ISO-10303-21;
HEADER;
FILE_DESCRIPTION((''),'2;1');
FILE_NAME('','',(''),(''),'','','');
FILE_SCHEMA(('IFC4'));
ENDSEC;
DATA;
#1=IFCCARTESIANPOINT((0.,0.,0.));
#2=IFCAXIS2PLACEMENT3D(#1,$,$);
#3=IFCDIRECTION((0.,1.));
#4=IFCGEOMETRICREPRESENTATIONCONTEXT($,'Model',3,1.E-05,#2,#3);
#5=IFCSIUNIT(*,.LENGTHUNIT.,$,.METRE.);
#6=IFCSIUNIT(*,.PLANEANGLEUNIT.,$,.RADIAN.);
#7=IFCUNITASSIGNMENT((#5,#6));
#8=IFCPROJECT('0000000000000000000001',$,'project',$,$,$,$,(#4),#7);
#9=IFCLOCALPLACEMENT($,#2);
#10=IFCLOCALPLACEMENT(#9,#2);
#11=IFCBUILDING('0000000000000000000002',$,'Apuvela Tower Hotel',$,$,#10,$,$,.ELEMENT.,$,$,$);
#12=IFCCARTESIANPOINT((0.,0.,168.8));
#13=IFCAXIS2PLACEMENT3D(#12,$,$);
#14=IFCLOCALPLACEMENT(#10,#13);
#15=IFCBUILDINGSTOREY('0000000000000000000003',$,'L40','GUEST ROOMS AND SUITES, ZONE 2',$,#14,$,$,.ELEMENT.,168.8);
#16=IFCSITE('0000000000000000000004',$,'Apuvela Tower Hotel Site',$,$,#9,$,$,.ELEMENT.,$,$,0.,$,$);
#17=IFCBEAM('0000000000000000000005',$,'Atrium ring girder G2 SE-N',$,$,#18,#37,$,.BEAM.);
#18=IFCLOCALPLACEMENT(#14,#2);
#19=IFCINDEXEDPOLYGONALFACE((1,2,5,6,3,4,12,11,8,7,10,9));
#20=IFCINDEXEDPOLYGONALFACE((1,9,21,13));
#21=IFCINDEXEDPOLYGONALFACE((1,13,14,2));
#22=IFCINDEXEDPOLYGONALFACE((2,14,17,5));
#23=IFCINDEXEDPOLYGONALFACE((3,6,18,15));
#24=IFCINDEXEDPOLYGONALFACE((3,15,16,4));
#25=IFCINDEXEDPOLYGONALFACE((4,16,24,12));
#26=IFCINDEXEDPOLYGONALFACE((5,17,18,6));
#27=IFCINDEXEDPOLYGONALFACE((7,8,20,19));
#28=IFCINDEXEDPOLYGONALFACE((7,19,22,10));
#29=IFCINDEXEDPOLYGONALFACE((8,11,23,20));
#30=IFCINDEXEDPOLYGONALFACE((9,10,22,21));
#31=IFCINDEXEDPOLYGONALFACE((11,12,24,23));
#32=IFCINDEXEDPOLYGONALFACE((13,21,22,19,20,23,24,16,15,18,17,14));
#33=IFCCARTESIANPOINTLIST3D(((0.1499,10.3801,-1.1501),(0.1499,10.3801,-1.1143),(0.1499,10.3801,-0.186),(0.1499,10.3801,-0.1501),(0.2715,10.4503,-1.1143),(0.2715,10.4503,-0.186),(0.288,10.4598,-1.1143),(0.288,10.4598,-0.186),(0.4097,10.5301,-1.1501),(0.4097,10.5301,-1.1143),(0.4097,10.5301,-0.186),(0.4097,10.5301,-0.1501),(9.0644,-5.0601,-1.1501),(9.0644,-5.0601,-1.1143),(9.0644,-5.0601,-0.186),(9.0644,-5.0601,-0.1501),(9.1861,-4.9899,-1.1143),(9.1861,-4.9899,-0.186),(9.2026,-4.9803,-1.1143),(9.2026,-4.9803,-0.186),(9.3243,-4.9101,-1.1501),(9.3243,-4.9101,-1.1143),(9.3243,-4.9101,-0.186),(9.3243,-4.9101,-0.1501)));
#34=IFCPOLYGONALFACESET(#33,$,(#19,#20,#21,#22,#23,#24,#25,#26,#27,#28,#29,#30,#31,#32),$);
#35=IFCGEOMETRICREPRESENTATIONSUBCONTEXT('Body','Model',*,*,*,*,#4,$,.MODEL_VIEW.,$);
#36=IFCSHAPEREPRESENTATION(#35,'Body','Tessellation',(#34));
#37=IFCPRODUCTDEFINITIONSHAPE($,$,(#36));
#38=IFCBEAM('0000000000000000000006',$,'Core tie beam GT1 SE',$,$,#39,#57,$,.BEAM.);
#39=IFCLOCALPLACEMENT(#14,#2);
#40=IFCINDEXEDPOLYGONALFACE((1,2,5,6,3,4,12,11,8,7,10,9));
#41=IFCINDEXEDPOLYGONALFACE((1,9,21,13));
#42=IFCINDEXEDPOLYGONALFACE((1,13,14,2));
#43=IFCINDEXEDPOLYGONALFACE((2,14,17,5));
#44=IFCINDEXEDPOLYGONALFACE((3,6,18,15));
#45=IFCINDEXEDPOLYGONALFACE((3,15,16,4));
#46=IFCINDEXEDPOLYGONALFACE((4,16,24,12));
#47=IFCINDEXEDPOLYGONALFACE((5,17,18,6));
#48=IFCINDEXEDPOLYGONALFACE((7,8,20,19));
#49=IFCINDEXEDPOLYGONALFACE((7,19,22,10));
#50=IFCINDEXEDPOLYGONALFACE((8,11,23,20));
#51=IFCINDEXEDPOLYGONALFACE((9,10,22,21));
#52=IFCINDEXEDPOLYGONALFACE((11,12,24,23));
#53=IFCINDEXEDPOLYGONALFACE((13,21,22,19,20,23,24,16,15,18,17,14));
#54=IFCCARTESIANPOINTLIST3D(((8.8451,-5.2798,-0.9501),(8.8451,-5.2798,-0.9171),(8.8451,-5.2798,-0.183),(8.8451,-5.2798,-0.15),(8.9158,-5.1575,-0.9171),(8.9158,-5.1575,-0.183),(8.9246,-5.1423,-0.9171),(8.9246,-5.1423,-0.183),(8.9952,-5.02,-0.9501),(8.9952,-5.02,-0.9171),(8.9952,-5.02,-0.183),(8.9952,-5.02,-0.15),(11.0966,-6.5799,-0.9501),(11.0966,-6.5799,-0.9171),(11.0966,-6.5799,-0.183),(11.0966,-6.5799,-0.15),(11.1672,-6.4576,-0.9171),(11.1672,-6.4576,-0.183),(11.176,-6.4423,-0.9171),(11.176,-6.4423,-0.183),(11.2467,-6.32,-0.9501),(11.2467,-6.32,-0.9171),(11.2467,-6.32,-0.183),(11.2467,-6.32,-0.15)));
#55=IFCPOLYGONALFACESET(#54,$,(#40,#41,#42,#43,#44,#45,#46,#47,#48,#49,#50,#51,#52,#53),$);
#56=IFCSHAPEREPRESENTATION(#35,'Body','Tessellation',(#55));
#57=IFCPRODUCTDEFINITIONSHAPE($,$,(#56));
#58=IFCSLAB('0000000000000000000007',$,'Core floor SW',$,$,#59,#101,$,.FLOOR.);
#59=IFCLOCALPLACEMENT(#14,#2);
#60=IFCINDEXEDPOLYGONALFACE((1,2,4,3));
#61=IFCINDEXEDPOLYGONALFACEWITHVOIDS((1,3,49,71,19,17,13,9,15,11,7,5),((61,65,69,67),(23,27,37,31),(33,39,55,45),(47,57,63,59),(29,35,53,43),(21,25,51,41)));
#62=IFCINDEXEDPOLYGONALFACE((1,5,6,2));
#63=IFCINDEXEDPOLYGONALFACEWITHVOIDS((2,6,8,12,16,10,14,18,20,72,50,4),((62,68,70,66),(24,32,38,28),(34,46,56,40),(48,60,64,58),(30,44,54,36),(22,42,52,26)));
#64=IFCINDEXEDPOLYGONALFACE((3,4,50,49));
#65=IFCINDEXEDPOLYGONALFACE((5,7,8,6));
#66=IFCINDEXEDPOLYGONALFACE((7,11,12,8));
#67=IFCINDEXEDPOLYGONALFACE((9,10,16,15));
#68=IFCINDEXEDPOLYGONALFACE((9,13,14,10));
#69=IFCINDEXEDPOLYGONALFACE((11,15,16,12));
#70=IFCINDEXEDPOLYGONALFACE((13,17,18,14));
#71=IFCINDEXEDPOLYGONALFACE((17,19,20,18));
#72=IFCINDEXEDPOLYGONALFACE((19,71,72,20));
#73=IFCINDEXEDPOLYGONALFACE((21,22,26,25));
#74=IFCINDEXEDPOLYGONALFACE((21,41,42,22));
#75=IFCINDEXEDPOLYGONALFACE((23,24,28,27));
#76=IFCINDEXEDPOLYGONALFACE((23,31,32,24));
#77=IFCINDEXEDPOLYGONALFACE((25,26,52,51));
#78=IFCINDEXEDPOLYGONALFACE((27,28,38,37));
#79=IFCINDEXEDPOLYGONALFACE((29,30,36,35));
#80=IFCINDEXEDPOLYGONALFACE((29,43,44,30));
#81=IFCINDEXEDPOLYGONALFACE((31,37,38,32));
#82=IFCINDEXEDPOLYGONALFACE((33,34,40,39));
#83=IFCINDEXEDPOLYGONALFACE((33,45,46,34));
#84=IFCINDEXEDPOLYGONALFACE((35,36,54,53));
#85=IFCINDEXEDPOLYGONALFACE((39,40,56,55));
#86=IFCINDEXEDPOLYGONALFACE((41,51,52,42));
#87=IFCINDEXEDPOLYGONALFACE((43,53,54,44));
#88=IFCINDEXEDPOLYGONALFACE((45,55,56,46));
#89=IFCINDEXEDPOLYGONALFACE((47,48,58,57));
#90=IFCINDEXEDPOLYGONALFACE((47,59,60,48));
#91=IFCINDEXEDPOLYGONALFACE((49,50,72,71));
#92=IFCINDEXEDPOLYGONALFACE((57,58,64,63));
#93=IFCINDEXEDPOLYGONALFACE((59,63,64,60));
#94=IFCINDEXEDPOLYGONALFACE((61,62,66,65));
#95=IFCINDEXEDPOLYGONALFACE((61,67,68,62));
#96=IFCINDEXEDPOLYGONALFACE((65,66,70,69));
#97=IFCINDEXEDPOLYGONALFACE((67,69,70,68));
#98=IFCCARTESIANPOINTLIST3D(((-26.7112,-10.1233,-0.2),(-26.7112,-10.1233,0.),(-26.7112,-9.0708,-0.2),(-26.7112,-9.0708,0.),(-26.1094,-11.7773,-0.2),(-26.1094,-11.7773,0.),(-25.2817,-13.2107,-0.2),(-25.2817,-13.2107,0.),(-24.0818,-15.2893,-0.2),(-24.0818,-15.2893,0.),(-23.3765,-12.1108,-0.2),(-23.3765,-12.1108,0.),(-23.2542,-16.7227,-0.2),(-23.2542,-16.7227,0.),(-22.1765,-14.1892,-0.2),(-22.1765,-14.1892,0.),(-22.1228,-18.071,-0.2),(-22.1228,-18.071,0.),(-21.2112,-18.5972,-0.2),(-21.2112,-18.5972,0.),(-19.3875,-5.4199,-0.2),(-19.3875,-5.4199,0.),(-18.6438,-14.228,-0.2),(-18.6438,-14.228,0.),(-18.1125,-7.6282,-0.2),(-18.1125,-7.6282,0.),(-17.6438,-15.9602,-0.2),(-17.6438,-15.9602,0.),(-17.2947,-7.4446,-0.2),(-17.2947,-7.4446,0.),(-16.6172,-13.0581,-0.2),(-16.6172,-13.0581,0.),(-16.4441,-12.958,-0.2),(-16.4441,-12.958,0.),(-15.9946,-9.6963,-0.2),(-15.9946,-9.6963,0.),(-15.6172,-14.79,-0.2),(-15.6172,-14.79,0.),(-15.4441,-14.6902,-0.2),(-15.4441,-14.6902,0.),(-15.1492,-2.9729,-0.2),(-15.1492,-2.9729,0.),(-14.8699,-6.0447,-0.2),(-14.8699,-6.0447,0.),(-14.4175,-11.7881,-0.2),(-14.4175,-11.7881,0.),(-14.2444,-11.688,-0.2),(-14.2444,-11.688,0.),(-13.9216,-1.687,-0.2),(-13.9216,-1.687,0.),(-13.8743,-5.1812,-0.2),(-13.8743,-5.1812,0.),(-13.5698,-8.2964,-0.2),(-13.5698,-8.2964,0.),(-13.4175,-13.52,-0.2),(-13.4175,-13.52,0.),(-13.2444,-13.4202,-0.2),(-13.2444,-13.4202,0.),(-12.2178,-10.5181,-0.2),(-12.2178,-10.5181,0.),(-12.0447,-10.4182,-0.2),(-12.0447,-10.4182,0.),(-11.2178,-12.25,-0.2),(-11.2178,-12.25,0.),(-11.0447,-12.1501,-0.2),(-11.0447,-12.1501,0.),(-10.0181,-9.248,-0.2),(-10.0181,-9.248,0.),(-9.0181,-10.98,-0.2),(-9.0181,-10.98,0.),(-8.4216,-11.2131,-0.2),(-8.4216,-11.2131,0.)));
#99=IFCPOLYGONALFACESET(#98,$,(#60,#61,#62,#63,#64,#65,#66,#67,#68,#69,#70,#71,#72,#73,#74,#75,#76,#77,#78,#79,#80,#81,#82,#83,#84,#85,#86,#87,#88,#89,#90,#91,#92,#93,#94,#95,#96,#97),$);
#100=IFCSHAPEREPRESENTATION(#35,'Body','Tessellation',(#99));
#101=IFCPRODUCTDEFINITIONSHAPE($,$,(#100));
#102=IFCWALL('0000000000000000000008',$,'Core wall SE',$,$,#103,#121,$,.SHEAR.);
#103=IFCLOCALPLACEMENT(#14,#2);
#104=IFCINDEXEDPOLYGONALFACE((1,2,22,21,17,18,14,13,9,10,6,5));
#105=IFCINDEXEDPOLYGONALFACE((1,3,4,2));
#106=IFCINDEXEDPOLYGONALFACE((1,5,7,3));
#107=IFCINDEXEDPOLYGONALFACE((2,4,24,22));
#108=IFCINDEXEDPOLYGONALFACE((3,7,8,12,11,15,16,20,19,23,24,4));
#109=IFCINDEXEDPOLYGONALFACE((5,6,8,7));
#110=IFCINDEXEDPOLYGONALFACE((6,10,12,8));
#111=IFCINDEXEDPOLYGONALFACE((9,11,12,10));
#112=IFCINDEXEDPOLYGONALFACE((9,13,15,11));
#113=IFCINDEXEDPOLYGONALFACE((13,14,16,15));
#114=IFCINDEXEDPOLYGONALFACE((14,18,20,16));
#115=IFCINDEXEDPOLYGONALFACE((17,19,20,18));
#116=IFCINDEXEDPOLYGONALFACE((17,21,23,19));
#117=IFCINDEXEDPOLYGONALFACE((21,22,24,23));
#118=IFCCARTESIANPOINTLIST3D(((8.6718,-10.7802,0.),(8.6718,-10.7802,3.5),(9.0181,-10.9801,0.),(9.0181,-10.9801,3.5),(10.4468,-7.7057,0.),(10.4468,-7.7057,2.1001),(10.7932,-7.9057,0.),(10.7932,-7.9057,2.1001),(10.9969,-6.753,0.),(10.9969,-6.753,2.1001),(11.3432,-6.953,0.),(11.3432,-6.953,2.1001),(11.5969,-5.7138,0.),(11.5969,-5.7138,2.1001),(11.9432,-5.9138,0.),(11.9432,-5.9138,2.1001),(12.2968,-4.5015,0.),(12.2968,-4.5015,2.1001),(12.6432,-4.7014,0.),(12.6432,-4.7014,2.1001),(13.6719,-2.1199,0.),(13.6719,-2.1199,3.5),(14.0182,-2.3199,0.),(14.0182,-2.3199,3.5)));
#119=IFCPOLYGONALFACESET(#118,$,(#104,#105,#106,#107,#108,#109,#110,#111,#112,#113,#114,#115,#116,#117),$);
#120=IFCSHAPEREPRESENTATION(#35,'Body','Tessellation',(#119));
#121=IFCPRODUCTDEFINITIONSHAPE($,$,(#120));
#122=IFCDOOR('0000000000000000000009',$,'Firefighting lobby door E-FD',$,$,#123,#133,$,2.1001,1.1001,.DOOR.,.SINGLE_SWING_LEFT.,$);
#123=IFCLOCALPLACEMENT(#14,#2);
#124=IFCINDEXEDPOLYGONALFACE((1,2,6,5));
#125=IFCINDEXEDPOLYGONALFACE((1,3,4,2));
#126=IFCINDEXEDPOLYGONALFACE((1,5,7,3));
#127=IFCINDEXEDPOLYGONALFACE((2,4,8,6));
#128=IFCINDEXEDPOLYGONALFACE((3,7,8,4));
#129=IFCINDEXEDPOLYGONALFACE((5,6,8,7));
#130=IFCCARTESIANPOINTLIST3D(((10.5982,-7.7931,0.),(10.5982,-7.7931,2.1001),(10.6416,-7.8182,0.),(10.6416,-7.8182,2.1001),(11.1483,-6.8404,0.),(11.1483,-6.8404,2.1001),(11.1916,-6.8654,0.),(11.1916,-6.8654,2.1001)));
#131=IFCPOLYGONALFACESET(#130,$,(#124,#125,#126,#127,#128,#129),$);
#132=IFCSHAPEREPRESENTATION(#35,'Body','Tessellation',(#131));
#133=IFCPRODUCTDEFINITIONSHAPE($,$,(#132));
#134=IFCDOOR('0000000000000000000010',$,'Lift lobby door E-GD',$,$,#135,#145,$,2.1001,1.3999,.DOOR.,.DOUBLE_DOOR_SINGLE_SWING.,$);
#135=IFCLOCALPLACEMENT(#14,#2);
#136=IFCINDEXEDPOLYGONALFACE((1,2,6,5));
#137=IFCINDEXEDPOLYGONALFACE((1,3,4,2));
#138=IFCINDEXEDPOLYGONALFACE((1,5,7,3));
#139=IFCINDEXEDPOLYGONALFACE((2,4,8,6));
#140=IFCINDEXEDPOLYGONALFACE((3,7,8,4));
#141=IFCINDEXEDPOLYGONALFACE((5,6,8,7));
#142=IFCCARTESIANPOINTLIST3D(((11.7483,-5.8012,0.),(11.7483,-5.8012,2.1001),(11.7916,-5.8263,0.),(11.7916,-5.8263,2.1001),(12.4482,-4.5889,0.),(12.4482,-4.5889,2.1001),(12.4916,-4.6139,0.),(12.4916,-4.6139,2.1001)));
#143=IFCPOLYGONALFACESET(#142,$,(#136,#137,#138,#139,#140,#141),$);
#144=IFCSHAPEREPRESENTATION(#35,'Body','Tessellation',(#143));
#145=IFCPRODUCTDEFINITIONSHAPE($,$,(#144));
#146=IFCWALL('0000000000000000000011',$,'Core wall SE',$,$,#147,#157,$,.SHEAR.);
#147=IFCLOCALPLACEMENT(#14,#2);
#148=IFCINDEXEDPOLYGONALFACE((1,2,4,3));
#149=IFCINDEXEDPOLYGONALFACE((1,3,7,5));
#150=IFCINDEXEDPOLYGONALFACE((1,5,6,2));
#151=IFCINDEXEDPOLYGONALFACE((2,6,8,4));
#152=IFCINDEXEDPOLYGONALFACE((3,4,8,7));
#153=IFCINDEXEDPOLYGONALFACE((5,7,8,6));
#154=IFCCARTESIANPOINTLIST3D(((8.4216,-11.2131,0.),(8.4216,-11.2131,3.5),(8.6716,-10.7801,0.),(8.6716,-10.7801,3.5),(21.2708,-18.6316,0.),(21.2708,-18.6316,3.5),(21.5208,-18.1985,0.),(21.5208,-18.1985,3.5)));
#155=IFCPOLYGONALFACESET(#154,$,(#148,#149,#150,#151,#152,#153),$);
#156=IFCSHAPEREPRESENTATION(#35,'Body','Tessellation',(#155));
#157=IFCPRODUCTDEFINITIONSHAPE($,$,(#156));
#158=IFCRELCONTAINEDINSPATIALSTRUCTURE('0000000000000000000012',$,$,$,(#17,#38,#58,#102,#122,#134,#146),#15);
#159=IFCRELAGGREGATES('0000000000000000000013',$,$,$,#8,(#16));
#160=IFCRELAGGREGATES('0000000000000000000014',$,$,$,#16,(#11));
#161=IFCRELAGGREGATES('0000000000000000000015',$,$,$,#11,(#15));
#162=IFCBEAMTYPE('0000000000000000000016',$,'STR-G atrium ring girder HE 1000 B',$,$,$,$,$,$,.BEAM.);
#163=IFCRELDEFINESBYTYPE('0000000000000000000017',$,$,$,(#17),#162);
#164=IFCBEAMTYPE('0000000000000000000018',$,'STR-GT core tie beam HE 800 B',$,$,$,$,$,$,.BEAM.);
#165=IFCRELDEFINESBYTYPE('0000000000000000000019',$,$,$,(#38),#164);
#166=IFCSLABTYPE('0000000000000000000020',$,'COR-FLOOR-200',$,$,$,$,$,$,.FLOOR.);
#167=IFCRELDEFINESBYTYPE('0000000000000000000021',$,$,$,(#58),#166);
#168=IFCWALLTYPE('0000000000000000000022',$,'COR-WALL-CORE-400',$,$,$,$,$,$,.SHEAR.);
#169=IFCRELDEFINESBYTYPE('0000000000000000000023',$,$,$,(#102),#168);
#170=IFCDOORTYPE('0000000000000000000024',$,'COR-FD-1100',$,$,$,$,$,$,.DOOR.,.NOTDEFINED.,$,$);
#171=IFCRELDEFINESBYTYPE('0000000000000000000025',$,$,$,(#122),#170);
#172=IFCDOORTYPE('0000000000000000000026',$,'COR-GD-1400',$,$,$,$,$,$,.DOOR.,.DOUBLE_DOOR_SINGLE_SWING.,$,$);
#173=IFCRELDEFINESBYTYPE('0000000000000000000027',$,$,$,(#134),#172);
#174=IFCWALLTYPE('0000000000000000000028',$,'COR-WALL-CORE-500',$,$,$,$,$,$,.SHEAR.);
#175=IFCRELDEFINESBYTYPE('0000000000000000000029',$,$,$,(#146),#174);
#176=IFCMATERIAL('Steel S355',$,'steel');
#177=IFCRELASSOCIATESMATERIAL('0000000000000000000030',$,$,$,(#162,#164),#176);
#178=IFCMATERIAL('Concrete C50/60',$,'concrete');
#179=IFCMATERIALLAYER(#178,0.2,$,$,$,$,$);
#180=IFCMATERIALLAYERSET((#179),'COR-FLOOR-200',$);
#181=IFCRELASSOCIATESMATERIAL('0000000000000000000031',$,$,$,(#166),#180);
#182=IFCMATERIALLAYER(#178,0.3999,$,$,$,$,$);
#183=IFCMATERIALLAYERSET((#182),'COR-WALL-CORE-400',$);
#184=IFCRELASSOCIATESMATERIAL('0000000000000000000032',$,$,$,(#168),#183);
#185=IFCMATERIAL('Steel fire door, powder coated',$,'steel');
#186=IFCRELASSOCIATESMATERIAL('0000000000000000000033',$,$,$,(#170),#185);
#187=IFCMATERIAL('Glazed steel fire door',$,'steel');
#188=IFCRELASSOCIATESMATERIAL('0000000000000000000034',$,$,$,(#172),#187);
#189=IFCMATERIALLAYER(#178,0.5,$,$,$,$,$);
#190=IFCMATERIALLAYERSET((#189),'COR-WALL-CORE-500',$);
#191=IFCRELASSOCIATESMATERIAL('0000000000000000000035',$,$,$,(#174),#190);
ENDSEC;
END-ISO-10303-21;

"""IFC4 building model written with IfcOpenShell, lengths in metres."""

from ifc_helpers import new_model, si_unit, direction, frame, frame_2d, origin, origin_2d, place, context, subcontext, project, spatial, polyline, rectangle, i_section, outline, extrude, material, layer, layer_set, material_profile, profile_set, type_object, element, fill, save


model = new_model("IFC4")

# Units and contexts
model_context = context("Model", 3, precision=1e-05, world=origin(), true_north=direction((0.0, 1.0)))
body_context = subcontext(model_context, "Body", "Model", "MODEL_VIEW")
ifc_project = project(units=[si_unit("LENGTHUNIT", "METRE"), si_unit("PLANEANGLEUNIT", "RADIAN")], contexts=[model_context])

# Site, building, storey
site_placement = place(None, origin())
site = spatial("IfcSite", under=ifc_project, at=site_placement, Name="Apuvela Tower Hotel Site", CompositionType="ELEMENT", RefElevation=0.0)
building_placement = place(site_placement, origin())
building = spatial("IfcBuilding", under=site, at=building_placement, Name="Apuvela Tower Hotel", CompositionType="ELEMENT")
storey_placement = place(building_placement, frame((0.0, 0.0, 168.8)))
storey = spatial("IfcBuildingStorey", under=building, at=storey_placement, Name="L40", Description="GUEST ROOMS AND SUITES, ZONE 2", CompositionType="ELEMENT", Elevation=168.8)

# Beams
ifc_material_1 = material(Name="Steel S355", Category="steel")
ifc_material_profile_1 = material_profile(ifc_material_1, i_section(OverallWidth=0.3, OverallDepth=1.0, WebThickness=0.019, FlangeThickness=0.0359, at=origin_2d()), Name="HE 1000 B")
ifc_profile_set_1 = profile_set([ifc_material_profile_1], Name="Steel S355")
beam_type_1 = type_object("IfcBeamType", Name="STR-G atrium ring girder HE 1000 B", PredefinedType="BEAM", material=ifc_profile_set_1)
beam_1_placement = place(storey_placement, frame((9.1943, -4.9851, -0.6501), z_axis=(-0.500007, 0.866022, 0.0), x_axis=(-0.866022, -0.500007, 0.0)))
element("IfcBeam", 1, at=beam_1_placement, inside=storey, type_object=beam_type_1, Name="Atrium ring girder G2 SE-N", PredefinedType="BEAM", context=body_context, shape_type="SweptSolid", body=[
    extrude(i_section(OverallWidth=0.3, OverallDepth=1.0, WebThickness=0.019, FlangeThickness=0.0359, at=origin_2d()), origin(), (0.0, 0.0, 1.0), 17.8289),
])
ifc_material_profile_2 = material_profile(ifc_material_1, i_section(OverallWidth=0.3, OverallDepth=0.8, WebThickness=0.0176, FlangeThickness=0.033, at=origin_2d()), Name="HE 800 B")
ifc_profile_set_2 = profile_set([ifc_material_profile_2], Name="Steel S355")
beam_type_2 = type_object("IfcBeamType", Name="STR-GT core tie beam HE 800 B", PredefinedType="BEAM", material=ifc_profile_set_2)
beam_2_placement = place(storey_placement, frame((11.1716, -6.45, -0.55), z_axis=(-0.865998, 0.500048, 0.0), x_axis=(-0.500048, -0.865998, 0.0)))
element("IfcBeam", 2, at=beam_2_placement, inside=storey, type_object=beam_type_2, Name="Core tie beam GT1 SE", PredefinedType="BEAM", context=body_context, shape_type="SweptSolid", body=[
    extrude(i_section(OverallWidth=0.3, OverallDepth=0.8, WebThickness=0.0176, FlangeThickness=0.033, at=origin_2d()), origin(), (0.0, 0.0, 1.0), 2.5999),
])

# Slab
ifc_material_2 = material(Name="Concrete C50/60", Category="concrete")
ifc_layer_1 = layer(ifc_material_2, 0.2)
ifc_layer_set_1 = layer_set([ifc_layer_1], Name="COR-FLOOR-200")
slab_type = type_object("IfcSlabType", Name="COR-FLOOR-200", PredefinedType="FLOOR", material=ifc_layer_set_1)
slab_placement = place(storey_placement, frame((0.0, 0.0, -0.2)))
element("IfcSlab", 3, at=slab_placement, inside=storey, type_object=slab_type, Name="Core floor SW", PredefinedType="FLOOR", context=body_context, shape_type="SweptSolid", body=[
    extrude(outline(polyline([(-26.7112, -9.0708), (-26.7112, -10.1233), (-26.1094, -11.7773), (-25.2817, -13.2107), (-23.3765, -12.1108), (-22.1765, -14.1892), (-24.0818, -15.2893), (-23.2542, -16.7227), (-22.1228, -18.071), (-21.2112, -18.5972), (-8.4216, -11.2131), (-13.9216, -1.687), (-26.7112, -9.0708)]), holes=[polyline([(-10.0181, -9.248), (-9.0181, -10.98), (-11.0447, -12.1501), (-12.0447, -10.4182), (-10.0181, -9.248)]), polyline([(-14.2444, -11.688), (-12.2178, -10.5181), (-11.2178, -12.25), (-13.2444, -13.4202), (-14.2444, -11.688)]), polyline([(-19.3875, -5.4199), (-15.1492, -2.9729), (-13.8743, -5.1812), (-18.1125, -7.6282), (-19.3875, -5.4199)]), polyline([(-14.8699, -6.0447), (-13.5698, -8.2964), (-15.9946, -9.6963), (-17.2947, -7.4446), (-14.8699, -6.0447)]), polyline([(-16.4441, -12.958), (-14.4175, -11.7881), (-13.4175, -13.52), (-15.4441, -14.6902), (-16.4441, -12.958)]), polyline([(-18.6438, -14.228), (-16.6172, -13.0581), (-15.6172, -14.79), (-17.6438, -15.9602), (-18.6438, -14.228)])]), origin(), (0.0, 0.0, 1.0), 0.2),
])

# Wall, openings, doors
ifc_layer_2 = layer(ifc_material_2, 0.3999)
ifc_layer_set_2 = layer_set([ifc_layer_2], Name="COR-WALL-CORE-400")
wall_type_1 = type_object("IfcWallType", Name="COR-WALL-CORE-400", PredefinedType="SHEAR", material=ifc_layer_set_2)
wall_1_placement = place(storey_placement, frame((8.845, -10.8801, 0.0), z_axis=(0.0, 0.0, 1.0), x_axis=(0.500004, 0.866023, 0.0)))
wall_1 = element("IfcWall", 4, at=wall_1_placement, inside=storey, type_object=wall_type_1, Name="Core wall SE", PredefinedType="SHEAR", context=body_context, shape_type="SweptSolid", body=[
    extrude(rectangle(XDim=10.0, YDim=0.3999, at=frame_2d((5.0, 0.0))), origin(), (0.0, 0.0, 1.0), 3.5),
])
opening_1_placement = place(wall_1_placement, frame((3.55, 0.0, 0.0)))
opening_1 = element("IfcOpeningElement", 5, at=opening_1_placement, cuts=wall_1, PredefinedType="OPENING", context=body_context, shape_type="SweptSolid", body=[
    extrude(rectangle(XDim=1.1001, YDim=2.1001, at=frame_2d((0.55, 1.05))), frame((0.0, 0.21, 0.0), z_axis=(0.0, -1.0, 0.0), x_axis=(1.0, 0.0, 0.0)), (0.0, 0.0, 1.0), 0.4199),
])
opening_2_placement = place(wall_1_placement, frame((5.8501, 0.0, 0.0)))
opening_2 = element("IfcOpeningElement", 6, at=opening_2_placement, cuts=wall_1, PredefinedType="OPENING", context=body_context, shape_type="SweptSolid", body=[
    extrude(rectangle(XDim=1.3999, YDim=2.1001, at=frame_2d((0.7, 1.05))), frame((0.0, 0.21, 0.0), z_axis=(0.0, -1.0, 0.0), x_axis=(1.0, 0.0, 0.0)), (0.0, 0.0, 1.0), 0.4199),
])
ifc_material_3 = material(Name="Steel fire door, powder coated", Category="steel")
door_type_1 = type_object("IfcDoorType", Name="COR-FD-1100", OperationType="NOTDEFINED", PredefinedType="DOOR", material=ifc_material_3)
door_1_placement = place(opening_1_placement, frame((1.1001, 0.0, 0.0), z_axis=(0.0, 0.0, 1.0), x_axis=(-1.0, 0.0, 0.0)))
door_1 = element("IfcDoor", 7, at=door_1_placement, inside=storey, type_object=door_type_1, Name="Firefighting lobby door E-FD", OperationType="SINGLE_SWING_LEFT", OverallHeight=2.1001, OverallWidth=1.1001, PredefinedType="DOOR", context=body_context, shape_type="SweptSolid", body=[
    extrude(rectangle(XDim=1.1001, YDim=2.1001, at=frame_2d((0.55, 1.05))), frame((0.0, 0.0249, 0.0), z_axis=(0.0, -1.0, 0.0), x_axis=(1.0, 0.0, 0.0)), (0.0, 0.0, 1.0), 0.05),
])
fill(opening_1, door_1)
ifc_material_4 = material(Name="Glazed steel fire door", Category="steel")
door_type_2 = type_object("IfcDoorType", Name="COR-GD-1400", OperationType="DOUBLE_DOOR_SINGLE_SWING", PredefinedType="DOOR", material=ifc_material_4)
door_2_placement = place(opening_2_placement, frame((1.3999, 0.0, 0.0), z_axis=(0.0, 0.0, 1.0), x_axis=(-1.0, 0.0, 0.0)))
door_2 = element("IfcDoor", 8, at=door_2_placement, inside=storey, type_object=door_type_2, Name="Lift lobby door E-GD", OperationType="DOUBLE_DOOR_SINGLE_SWING", OverallHeight=2.1001, OverallWidth=1.3999, PredefinedType="DOOR", context=body_context, shape_type="SweptSolid", body=[
    extrude(rectangle(XDim=1.3999, YDim=2.1001, at=frame_2d((0.7, 1.05))), frame((0.0, 0.0249, 0.0), z_axis=(0.0, -1.0, 0.0), x_axis=(1.0, 0.0, 0.0)), (0.0, 0.0, 1.0), 0.05),
])
fill(opening_2, door_2)

# Wall
ifc_layer_3 = layer(ifc_material_2, 0.5)
ifc_layer_set_3 = layer_set([ifc_layer_3], Name="COR-WALL-CORE-500")
wall_type_2 = type_object("IfcWallType", Name="COR-WALL-CORE-500", PredefinedType="SHEAR", material=ifc_layer_set_3)
wall_2_placement = place(storey_placement, frame((8.5466, -10.9966, 0.0), z_axis=(0.0, 0.0, 1.0), x_axis=(0.866025, -0.500001, 0.0)))
element("IfcWall", 9, at=wall_2_placement, inside=storey, type_object=wall_type_2, Name="Core wall SE", PredefinedType="SHEAR", context=body_context, shape_type="SweptSolid", body=[
    extrude(rectangle(XDim=14.8369, YDim=0.5, at=frame_2d((7.4185, 0.0))), origin(), (0.0, 0.0, 1.0), 3.5),
])

save(model, "model.ifc")
